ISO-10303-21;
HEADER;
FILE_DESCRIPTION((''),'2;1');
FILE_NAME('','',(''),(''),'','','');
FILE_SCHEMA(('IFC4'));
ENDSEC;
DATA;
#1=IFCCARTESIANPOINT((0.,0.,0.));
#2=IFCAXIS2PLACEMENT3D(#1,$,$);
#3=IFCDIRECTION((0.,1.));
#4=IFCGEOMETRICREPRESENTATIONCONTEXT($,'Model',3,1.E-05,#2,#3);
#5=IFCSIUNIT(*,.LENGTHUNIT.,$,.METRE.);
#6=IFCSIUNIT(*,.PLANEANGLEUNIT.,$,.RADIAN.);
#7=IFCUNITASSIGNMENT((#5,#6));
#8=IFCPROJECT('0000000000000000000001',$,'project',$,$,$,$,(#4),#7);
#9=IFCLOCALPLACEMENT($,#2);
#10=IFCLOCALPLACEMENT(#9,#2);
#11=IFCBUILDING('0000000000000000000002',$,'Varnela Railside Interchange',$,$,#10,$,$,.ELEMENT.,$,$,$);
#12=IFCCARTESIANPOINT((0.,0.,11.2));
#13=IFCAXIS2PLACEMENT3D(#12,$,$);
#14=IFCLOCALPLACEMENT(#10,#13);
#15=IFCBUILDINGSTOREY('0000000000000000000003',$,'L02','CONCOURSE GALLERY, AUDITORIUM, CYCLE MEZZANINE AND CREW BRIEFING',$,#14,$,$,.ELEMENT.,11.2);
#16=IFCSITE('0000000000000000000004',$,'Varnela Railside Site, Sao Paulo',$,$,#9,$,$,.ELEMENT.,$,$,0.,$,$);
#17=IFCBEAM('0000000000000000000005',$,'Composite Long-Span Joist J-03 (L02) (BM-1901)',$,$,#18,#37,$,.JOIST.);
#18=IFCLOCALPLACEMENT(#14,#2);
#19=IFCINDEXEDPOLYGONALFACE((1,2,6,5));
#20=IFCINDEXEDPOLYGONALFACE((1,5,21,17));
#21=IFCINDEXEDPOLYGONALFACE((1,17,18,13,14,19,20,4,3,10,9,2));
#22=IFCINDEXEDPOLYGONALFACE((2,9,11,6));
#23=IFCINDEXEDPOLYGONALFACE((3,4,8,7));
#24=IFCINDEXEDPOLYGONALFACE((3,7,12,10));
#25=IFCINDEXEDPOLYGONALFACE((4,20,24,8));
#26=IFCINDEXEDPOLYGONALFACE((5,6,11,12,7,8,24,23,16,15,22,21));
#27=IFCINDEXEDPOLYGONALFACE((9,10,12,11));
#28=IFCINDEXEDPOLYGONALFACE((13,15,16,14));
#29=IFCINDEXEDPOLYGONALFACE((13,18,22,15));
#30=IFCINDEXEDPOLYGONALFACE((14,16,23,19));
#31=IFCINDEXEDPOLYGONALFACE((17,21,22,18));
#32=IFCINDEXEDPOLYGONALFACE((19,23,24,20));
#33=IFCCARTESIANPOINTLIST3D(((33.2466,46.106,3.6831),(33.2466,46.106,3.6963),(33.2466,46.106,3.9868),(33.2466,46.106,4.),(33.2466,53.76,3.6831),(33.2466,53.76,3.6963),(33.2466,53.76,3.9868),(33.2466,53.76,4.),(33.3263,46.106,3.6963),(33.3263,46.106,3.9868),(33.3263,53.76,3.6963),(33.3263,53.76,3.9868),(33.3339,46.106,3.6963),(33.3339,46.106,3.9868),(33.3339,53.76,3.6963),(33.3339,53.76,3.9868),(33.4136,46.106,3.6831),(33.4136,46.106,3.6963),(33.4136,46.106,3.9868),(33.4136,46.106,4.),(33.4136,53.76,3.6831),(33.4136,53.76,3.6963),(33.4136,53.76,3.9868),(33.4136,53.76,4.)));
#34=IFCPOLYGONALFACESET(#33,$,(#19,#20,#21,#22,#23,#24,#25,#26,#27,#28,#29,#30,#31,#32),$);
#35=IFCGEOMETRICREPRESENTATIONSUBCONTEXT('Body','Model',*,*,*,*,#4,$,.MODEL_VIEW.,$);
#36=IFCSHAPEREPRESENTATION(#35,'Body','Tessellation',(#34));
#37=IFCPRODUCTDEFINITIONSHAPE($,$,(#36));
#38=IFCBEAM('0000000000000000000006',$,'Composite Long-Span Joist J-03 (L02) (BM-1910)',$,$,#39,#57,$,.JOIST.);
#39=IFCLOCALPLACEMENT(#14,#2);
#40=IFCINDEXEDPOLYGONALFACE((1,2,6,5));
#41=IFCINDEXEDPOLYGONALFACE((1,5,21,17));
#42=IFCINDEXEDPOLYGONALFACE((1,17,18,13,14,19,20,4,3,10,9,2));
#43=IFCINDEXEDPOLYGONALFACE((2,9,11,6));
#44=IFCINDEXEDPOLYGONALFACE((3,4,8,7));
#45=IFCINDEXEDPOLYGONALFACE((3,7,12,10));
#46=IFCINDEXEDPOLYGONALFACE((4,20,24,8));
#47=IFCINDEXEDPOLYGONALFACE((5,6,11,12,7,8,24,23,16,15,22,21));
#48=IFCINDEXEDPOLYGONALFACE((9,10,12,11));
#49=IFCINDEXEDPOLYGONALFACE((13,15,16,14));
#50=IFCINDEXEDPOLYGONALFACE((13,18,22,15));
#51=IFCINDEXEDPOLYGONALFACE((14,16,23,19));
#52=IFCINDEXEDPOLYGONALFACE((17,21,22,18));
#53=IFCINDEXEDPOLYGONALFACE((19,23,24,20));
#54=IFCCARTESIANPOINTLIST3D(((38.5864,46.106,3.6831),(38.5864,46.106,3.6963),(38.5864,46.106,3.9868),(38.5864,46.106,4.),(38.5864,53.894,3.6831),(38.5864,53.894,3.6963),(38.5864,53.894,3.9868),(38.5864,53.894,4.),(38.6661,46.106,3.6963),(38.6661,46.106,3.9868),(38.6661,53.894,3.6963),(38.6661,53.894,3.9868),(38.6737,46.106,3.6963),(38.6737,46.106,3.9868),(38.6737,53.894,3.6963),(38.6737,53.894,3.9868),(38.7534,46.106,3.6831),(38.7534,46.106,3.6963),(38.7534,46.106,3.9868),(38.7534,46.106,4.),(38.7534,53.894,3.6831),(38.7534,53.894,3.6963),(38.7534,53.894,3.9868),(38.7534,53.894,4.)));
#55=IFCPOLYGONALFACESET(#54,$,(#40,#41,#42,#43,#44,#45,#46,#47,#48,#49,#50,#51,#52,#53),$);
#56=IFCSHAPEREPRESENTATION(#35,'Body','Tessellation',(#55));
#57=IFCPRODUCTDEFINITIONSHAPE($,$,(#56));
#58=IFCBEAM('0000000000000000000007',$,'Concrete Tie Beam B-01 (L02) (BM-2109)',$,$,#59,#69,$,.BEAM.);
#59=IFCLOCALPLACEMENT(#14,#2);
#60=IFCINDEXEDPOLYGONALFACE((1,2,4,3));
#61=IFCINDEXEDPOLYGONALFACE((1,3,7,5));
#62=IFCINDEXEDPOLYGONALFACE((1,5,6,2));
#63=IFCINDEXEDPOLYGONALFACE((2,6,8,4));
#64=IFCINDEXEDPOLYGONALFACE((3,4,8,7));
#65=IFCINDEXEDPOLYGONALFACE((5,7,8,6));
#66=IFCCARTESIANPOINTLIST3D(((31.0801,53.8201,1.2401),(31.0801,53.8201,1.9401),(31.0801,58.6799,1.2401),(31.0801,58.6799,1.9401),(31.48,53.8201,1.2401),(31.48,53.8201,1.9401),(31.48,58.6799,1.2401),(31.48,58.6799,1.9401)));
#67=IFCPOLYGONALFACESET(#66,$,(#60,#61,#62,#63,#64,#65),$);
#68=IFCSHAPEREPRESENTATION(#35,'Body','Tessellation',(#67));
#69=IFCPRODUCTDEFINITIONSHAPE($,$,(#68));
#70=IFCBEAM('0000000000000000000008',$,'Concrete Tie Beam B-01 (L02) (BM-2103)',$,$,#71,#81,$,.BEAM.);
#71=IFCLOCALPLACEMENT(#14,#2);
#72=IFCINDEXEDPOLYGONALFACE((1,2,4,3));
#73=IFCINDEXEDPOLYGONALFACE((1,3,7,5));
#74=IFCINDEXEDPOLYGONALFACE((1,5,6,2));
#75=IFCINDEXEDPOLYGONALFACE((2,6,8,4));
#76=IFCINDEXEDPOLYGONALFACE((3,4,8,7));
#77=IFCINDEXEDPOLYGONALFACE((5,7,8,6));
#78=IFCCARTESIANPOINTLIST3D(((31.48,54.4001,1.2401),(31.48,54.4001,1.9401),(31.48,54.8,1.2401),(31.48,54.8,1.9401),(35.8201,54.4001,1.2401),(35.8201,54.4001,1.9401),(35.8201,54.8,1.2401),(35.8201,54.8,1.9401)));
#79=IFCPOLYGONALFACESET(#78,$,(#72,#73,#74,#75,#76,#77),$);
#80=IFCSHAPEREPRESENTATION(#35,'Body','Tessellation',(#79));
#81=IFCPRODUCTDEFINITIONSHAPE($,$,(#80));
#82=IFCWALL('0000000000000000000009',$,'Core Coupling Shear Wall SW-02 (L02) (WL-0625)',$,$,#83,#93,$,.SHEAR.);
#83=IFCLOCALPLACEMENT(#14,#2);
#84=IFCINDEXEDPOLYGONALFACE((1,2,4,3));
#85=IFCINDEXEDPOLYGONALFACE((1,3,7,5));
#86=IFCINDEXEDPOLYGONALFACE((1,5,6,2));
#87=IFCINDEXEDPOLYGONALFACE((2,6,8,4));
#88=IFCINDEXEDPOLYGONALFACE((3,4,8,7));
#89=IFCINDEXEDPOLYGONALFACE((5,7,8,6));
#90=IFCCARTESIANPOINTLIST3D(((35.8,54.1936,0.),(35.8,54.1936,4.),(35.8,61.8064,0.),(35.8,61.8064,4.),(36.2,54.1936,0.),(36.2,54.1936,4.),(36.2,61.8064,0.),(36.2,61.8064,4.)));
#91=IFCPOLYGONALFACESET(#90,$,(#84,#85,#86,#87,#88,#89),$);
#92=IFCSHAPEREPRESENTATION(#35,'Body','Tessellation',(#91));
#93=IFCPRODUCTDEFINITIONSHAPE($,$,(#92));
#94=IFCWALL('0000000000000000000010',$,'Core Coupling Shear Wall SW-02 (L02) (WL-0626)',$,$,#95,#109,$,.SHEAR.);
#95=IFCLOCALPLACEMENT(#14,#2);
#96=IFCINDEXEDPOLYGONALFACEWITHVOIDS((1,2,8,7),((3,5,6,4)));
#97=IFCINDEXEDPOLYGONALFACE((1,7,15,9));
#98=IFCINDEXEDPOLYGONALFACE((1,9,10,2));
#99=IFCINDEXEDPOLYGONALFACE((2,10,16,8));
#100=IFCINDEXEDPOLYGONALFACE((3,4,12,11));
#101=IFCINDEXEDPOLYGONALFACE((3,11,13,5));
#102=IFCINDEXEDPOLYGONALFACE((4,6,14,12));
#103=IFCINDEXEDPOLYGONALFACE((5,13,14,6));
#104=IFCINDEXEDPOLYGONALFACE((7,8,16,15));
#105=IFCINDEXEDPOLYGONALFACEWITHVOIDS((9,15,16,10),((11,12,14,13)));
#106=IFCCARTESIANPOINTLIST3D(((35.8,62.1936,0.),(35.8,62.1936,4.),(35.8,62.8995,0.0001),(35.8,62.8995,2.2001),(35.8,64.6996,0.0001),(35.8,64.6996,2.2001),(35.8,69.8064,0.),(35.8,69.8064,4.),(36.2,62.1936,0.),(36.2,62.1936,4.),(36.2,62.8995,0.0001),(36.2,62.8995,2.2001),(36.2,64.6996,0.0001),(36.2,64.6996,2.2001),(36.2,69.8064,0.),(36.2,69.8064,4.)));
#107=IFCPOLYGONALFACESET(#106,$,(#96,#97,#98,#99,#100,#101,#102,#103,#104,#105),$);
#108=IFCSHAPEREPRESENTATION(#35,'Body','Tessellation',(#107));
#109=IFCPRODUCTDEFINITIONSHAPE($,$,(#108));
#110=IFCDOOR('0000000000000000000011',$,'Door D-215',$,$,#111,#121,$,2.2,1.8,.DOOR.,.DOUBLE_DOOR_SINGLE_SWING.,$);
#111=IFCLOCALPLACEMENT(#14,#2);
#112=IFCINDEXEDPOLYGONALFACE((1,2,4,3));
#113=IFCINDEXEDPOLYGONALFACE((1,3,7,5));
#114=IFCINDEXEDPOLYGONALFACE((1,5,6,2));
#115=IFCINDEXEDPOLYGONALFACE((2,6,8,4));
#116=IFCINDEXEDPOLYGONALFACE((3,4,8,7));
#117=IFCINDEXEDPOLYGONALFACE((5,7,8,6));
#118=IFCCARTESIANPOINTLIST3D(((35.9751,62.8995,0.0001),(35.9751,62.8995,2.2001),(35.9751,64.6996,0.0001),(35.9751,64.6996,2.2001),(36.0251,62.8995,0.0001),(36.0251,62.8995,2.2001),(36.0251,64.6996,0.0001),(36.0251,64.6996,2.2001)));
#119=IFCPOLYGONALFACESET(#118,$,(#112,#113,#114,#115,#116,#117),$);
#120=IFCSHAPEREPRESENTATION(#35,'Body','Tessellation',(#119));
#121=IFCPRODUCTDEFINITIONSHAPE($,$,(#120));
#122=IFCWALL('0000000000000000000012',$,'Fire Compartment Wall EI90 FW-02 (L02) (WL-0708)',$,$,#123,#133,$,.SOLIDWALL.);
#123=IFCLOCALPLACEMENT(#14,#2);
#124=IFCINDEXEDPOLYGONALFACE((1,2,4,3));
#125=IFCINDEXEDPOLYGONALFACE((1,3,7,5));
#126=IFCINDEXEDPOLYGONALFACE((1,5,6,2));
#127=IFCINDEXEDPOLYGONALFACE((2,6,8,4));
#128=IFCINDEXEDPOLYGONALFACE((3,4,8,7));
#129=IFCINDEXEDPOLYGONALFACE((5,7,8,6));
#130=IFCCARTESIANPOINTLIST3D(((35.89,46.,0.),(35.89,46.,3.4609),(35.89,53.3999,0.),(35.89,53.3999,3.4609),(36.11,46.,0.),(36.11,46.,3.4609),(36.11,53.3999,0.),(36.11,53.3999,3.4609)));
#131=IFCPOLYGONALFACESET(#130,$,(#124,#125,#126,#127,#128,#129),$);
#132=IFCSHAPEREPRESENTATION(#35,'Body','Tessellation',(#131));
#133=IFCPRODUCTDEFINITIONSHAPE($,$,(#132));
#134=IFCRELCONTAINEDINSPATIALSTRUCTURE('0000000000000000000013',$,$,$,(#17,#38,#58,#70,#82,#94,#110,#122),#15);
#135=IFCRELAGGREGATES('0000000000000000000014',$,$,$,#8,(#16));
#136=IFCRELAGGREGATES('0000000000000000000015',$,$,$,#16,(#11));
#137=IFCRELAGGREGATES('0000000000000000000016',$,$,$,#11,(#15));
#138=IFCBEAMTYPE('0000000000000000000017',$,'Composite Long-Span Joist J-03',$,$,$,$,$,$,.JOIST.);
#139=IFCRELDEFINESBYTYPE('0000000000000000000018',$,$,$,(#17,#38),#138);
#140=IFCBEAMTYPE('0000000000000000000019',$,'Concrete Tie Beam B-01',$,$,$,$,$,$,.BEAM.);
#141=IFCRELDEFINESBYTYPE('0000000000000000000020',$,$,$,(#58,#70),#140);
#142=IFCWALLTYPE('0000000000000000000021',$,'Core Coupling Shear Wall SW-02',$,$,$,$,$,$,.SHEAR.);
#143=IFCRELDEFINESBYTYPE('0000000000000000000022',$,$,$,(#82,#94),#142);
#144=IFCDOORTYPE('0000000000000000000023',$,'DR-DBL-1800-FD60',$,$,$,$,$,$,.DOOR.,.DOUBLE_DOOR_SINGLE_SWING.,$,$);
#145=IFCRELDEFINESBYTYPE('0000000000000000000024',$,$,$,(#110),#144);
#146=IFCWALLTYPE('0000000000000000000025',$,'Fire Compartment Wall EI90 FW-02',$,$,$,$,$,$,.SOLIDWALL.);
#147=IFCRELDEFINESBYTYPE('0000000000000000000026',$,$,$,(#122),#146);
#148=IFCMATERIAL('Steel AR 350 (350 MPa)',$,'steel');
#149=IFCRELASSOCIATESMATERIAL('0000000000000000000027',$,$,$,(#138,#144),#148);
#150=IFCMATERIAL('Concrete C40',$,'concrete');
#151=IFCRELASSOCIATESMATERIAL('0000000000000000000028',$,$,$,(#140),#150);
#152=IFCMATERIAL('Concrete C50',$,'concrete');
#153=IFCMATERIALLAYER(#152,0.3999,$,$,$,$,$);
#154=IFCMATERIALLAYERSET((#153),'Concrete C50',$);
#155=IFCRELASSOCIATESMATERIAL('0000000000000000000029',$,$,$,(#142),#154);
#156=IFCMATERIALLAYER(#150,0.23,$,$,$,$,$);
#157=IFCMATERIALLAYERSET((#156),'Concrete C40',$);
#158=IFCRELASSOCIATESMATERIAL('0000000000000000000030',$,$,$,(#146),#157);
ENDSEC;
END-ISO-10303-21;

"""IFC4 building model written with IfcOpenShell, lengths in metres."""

from ifc_helpers import new_model, si_unit, direction, frame, frame_2d, origin, origin_2d, place, context, subcontext, project, spatial, rectangle, i_section, extrude, material, layer, layer_set, material_profile, profile_set, type_object, element, fill, save


model = new_model("IFC4")

# Units and contexts
model_context = context("Model", 3, precision=1e-05, world=origin(), true_north=direction((0.0, 1.0)))
body_context = subcontext(model_context, "Body", "Model", "MODEL_VIEW")
ifc_project = project(units=[si_unit("LENGTHUNIT", "METRE"), si_unit("PLANEANGLEUNIT", "RADIAN")], contexts=[model_context])

# Site, building, storey
site_placement = place(None, origin())
site = spatial("IfcSite", under=ifc_project, at=site_placement, Name="Varnela Railside Site, Sao Paulo", CompositionType="ELEMENT", RefElevation=0.0)
building_placement = place(site_placement, origin())
building = spatial("IfcBuilding", under=site, at=building_placement, Name="Varnela Railside Interchange", CompositionType="ELEMENT")
storey_placement = place(building_placement, frame((0.0, 0.0, 11.2)))
storey = spatial("IfcBuildingStorey", under=building, at=storey_placement, Name="L02", Description="CONCOURSE GALLERY, AUDITORIUM, CYCLE MEZZANINE AND CREW BRIEFING", CompositionType="ELEMENT", Elevation=11.2)

# Shared definitions
ifc_material_1 = material(Name="Steel AR 350 (350 MPa)", Category="steel")

# Beams
ifc_material_profile_1 = material_profile(ifc_material_1, i_section(OverallWidth=0.167, OverallDepth=0.3169, WebThickness=0.0076, FlangeThickness=0.0132, at=origin_2d()), Name="W310x52")
ifc_profile_set_1 = profile_set([ifc_material_profile_1], Name="Steel AR 350 (350 MPa)")
beam_type_1 = type_object("IfcBeamType", Name="Composite Long-Span Joist J-03", PredefinedType="JOIST", material=ifc_profile_set_1)
for number, where, z_axis, x_axis, name in (
    (1, (33.3301, 46.106, 3.8416), (0.0, 1.0, 0.0), (-1.0, 0.0, 0.0), "Composite Long-Span Joist J-03 (L02) (BM-1901)"),
):
    element("IfcBeam", number, at=place(storey_placement, frame(where, z_axis=z_axis, x_axis=x_axis)), inside=storey, type_object=beam_type_1, Name=name, PredefinedType="JOIST", context=body_context, shape_type="SweptSolid", body=[
        extrude(i_section(OverallWidth=0.167, OverallDepth=0.3169, WebThickness=0.0076, FlangeThickness=0.0132, at=origin_2d()), origin(), (0.0, 0.0, 1.0), 7.6541),
    ])
beam_1_placement = place(storey_placement, frame((38.6699, 46.106, 3.8416), z_axis=(0.0, 1.0, 0.0), x_axis=(-1.0, 0.0, 0.0)))
element("IfcBeam", 2, at=beam_1_placement, inside=storey, type_object=beam_type_1, Name="Composite Long-Span Joist J-03 (L02) (BM-1910)", PredefinedType="JOIST", context=body_context, shape_type="SweptSolid", body=[
    extrude(i_section(OverallWidth=0.167, OverallDepth=0.3169, WebThickness=0.0076, FlangeThickness=0.0132, at=origin_2d()), origin(), (0.0, 0.0, 1.0), 7.7881),
])
ifc_material_2 = material(Name="Concrete C40", Category="concrete")
ifc_material_profile_2 = material_profile(ifc_material_2, rectangle(XDim=0.3999, YDim=0.7, at=origin_2d()), Name="RC 400x700")
ifc_profile_set_2 = profile_set([ifc_material_profile_2], Name="Concrete C40")
beam_type_2 = type_object("IfcBeamType", Name="Concrete Tie Beam B-01", PredefinedType="BEAM", material=ifc_profile_set_2)
beam_2_placement = place(storey_placement, frame((31.28, 53.8201, 1.5901), z_axis=(0.0, 1.0, 0.0), x_axis=(-1.0, 0.0, 0.0)))
element("IfcBeam", 3, at=beam_2_placement, inside=storey, type_object=beam_type_2, Name="Concrete Tie Beam B-01 (L02) (BM-2109)", PredefinedType="BEAM", context=body_context, shape_type="SweptSolid", body=[
    extrude(rectangle(XDim=0.3999, YDim=0.7, at=origin_2d()), origin(), (0.0, 0.0, 1.0), 4.8599),
])
beam_3_placement = place(storey_placement, frame((31.48, 54.6001, 1.5901), z_axis=(1.0, 0.0, 0.0), x_axis=(0.0, 1.0, 0.0)))
element("IfcBeam", 4, at=beam_3_placement, inside=storey, type_object=beam_type_2, Name="Concrete Tie Beam B-01 (L02) (BM-2103)", PredefinedType="BEAM", context=body_context, shape_type="SweptSolid", body=[
    extrude(rectangle(XDim=0.3999, YDim=0.7, at=origin_2d()), origin(), (0.0, 0.0, 1.0), 4.3401),
])

# Wall
ifc_material_3 = material(Name="Concrete C50", Category="concrete")
ifc_layer_1 = layer(ifc_material_3, 0.3999)
ifc_layer_set_1 = layer_set([ifc_layer_1], Name="Concrete C50")
wall_type_1 = type_object("IfcWallType", Name="Core Coupling Shear Wall SW-02", PredefinedType="SHEAR", material=ifc_layer_set_1)
wall_1_placement = place(storey_placement, frame((36.0, 54.1936, 0.0), z_axis=(0.0, 0.0, 1.0), x_axis=(0.0, 1.0, 0.0)))
element("IfcWall", 5, at=wall_1_placement, inside=storey, type_object=wall_type_1, Name="Core Coupling Shear Wall SW-02 (L02) (WL-0625)", PredefinedType="SHEAR", context=body_context, shape_type="SweptSolid", body=[
    extrude(rectangle(XDim=7.6128, YDim=0.3999, at=frame_2d((3.8064, 0.0))), origin(), (0.0, 0.0, 1.0), 4.0),
])

# Wall, opening, door
wall_2_placement = place(storey_placement, frame((36.0, 62.1936, 0.0), z_axis=(0.0, 0.0, 1.0), x_axis=(0.0, 1.0, 0.0)))
wall_2 = element("IfcWall", 6, at=wall_2_placement, inside=storey, type_object=wall_type_1, Name="Core Coupling Shear Wall SW-02 (L02) (WL-0626)", PredefinedType="SHEAR", context=body_context, shape_type="SweptSolid", body=[
    extrude(rectangle(XDim=7.6128, YDim=0.3999, at=frame_2d((3.8064, 0.0))), origin(), (0.0, 0.0, 1.0), 4.0),
])
opening_1_placement = place(wall_2_placement, frame((0.7061, 0.0, 0.0)))
opening_1 = element("IfcOpeningElement", 7, at=opening_1_placement, cuts=wall_2, PredefinedType="OPENING", context=body_context, shape_type="SweptSolid", body=[
    extrude(rectangle(XDim=1.8, YDim=2.2, at=frame_2d((0.8999, 1.1001))), frame((0.0, 0.21, 0.0), z_axis=(0.0, -1.0, 0.0), x_axis=(1.0, 0.0, 0.0)), (0.0, 0.0, 1.0), 0.4199),
])
door_type_1 = type_object("IfcDoorType", Name="DR-DBL-1800-FD60", OperationType="DOUBLE_DOOR_SINGLE_SWING", PredefinedType="DOOR", material=ifc_material_1)
door_1_placement = place(opening_1_placement, origin())
door_1 = element("IfcDoor", 8, at=door_1_placement, inside=storey, type_object=door_type_1, Name="Door D-215", OperationType="DOUBLE_DOOR_SINGLE_SWING", OverallHeight=2.2, OverallWidth=1.8, PredefinedType="DOOR", context=body_context, shape_type="SweptSolid", body=[
    extrude(rectangle(XDim=1.8, YDim=2.2, at=frame_2d((0.8999, 1.1001))), frame((0.0, 0.0249, 0.0), z_axis=(0.0, -1.0, 0.0), x_axis=(1.0, 0.0, 0.0)), (0.0, 0.0, 1.0), 0.05),
])
fill(opening_1, door_1)

# Wall
ifc_layer_2 = layer(ifc_material_2, 0.23)
ifc_layer_set_2 = layer_set([ifc_layer_2], Name="Concrete C40")
wall_type_2 = type_object("IfcWallType", Name="Fire Compartment Wall EI90 FW-02", PredefinedType="SOLIDWALL", material=ifc_layer_set_2)
wall_3_placement = place(storey_placement, frame((36.0, 46.0, 0.0), z_axis=(0.0, 0.0, 1.0), x_axis=(0.0, 1.0, 0.0)))
element("IfcWall", 9, at=wall_3_placement, inside=storey, type_object=wall_type_2, Name="Fire Compartment Wall EI90 FW-02 (L02) (WL-0708)", PredefinedType="SOLIDWALL", context=body_context, shape_type="SweptSolid", body=[
    extrude(rectangle(XDim=7.3999, YDim=0.22, at=frame_2d((3.7, 0.0))), origin(), (0.0, 0.0, 1.0), 3.4609),
])

save(model, "model.ifc")
